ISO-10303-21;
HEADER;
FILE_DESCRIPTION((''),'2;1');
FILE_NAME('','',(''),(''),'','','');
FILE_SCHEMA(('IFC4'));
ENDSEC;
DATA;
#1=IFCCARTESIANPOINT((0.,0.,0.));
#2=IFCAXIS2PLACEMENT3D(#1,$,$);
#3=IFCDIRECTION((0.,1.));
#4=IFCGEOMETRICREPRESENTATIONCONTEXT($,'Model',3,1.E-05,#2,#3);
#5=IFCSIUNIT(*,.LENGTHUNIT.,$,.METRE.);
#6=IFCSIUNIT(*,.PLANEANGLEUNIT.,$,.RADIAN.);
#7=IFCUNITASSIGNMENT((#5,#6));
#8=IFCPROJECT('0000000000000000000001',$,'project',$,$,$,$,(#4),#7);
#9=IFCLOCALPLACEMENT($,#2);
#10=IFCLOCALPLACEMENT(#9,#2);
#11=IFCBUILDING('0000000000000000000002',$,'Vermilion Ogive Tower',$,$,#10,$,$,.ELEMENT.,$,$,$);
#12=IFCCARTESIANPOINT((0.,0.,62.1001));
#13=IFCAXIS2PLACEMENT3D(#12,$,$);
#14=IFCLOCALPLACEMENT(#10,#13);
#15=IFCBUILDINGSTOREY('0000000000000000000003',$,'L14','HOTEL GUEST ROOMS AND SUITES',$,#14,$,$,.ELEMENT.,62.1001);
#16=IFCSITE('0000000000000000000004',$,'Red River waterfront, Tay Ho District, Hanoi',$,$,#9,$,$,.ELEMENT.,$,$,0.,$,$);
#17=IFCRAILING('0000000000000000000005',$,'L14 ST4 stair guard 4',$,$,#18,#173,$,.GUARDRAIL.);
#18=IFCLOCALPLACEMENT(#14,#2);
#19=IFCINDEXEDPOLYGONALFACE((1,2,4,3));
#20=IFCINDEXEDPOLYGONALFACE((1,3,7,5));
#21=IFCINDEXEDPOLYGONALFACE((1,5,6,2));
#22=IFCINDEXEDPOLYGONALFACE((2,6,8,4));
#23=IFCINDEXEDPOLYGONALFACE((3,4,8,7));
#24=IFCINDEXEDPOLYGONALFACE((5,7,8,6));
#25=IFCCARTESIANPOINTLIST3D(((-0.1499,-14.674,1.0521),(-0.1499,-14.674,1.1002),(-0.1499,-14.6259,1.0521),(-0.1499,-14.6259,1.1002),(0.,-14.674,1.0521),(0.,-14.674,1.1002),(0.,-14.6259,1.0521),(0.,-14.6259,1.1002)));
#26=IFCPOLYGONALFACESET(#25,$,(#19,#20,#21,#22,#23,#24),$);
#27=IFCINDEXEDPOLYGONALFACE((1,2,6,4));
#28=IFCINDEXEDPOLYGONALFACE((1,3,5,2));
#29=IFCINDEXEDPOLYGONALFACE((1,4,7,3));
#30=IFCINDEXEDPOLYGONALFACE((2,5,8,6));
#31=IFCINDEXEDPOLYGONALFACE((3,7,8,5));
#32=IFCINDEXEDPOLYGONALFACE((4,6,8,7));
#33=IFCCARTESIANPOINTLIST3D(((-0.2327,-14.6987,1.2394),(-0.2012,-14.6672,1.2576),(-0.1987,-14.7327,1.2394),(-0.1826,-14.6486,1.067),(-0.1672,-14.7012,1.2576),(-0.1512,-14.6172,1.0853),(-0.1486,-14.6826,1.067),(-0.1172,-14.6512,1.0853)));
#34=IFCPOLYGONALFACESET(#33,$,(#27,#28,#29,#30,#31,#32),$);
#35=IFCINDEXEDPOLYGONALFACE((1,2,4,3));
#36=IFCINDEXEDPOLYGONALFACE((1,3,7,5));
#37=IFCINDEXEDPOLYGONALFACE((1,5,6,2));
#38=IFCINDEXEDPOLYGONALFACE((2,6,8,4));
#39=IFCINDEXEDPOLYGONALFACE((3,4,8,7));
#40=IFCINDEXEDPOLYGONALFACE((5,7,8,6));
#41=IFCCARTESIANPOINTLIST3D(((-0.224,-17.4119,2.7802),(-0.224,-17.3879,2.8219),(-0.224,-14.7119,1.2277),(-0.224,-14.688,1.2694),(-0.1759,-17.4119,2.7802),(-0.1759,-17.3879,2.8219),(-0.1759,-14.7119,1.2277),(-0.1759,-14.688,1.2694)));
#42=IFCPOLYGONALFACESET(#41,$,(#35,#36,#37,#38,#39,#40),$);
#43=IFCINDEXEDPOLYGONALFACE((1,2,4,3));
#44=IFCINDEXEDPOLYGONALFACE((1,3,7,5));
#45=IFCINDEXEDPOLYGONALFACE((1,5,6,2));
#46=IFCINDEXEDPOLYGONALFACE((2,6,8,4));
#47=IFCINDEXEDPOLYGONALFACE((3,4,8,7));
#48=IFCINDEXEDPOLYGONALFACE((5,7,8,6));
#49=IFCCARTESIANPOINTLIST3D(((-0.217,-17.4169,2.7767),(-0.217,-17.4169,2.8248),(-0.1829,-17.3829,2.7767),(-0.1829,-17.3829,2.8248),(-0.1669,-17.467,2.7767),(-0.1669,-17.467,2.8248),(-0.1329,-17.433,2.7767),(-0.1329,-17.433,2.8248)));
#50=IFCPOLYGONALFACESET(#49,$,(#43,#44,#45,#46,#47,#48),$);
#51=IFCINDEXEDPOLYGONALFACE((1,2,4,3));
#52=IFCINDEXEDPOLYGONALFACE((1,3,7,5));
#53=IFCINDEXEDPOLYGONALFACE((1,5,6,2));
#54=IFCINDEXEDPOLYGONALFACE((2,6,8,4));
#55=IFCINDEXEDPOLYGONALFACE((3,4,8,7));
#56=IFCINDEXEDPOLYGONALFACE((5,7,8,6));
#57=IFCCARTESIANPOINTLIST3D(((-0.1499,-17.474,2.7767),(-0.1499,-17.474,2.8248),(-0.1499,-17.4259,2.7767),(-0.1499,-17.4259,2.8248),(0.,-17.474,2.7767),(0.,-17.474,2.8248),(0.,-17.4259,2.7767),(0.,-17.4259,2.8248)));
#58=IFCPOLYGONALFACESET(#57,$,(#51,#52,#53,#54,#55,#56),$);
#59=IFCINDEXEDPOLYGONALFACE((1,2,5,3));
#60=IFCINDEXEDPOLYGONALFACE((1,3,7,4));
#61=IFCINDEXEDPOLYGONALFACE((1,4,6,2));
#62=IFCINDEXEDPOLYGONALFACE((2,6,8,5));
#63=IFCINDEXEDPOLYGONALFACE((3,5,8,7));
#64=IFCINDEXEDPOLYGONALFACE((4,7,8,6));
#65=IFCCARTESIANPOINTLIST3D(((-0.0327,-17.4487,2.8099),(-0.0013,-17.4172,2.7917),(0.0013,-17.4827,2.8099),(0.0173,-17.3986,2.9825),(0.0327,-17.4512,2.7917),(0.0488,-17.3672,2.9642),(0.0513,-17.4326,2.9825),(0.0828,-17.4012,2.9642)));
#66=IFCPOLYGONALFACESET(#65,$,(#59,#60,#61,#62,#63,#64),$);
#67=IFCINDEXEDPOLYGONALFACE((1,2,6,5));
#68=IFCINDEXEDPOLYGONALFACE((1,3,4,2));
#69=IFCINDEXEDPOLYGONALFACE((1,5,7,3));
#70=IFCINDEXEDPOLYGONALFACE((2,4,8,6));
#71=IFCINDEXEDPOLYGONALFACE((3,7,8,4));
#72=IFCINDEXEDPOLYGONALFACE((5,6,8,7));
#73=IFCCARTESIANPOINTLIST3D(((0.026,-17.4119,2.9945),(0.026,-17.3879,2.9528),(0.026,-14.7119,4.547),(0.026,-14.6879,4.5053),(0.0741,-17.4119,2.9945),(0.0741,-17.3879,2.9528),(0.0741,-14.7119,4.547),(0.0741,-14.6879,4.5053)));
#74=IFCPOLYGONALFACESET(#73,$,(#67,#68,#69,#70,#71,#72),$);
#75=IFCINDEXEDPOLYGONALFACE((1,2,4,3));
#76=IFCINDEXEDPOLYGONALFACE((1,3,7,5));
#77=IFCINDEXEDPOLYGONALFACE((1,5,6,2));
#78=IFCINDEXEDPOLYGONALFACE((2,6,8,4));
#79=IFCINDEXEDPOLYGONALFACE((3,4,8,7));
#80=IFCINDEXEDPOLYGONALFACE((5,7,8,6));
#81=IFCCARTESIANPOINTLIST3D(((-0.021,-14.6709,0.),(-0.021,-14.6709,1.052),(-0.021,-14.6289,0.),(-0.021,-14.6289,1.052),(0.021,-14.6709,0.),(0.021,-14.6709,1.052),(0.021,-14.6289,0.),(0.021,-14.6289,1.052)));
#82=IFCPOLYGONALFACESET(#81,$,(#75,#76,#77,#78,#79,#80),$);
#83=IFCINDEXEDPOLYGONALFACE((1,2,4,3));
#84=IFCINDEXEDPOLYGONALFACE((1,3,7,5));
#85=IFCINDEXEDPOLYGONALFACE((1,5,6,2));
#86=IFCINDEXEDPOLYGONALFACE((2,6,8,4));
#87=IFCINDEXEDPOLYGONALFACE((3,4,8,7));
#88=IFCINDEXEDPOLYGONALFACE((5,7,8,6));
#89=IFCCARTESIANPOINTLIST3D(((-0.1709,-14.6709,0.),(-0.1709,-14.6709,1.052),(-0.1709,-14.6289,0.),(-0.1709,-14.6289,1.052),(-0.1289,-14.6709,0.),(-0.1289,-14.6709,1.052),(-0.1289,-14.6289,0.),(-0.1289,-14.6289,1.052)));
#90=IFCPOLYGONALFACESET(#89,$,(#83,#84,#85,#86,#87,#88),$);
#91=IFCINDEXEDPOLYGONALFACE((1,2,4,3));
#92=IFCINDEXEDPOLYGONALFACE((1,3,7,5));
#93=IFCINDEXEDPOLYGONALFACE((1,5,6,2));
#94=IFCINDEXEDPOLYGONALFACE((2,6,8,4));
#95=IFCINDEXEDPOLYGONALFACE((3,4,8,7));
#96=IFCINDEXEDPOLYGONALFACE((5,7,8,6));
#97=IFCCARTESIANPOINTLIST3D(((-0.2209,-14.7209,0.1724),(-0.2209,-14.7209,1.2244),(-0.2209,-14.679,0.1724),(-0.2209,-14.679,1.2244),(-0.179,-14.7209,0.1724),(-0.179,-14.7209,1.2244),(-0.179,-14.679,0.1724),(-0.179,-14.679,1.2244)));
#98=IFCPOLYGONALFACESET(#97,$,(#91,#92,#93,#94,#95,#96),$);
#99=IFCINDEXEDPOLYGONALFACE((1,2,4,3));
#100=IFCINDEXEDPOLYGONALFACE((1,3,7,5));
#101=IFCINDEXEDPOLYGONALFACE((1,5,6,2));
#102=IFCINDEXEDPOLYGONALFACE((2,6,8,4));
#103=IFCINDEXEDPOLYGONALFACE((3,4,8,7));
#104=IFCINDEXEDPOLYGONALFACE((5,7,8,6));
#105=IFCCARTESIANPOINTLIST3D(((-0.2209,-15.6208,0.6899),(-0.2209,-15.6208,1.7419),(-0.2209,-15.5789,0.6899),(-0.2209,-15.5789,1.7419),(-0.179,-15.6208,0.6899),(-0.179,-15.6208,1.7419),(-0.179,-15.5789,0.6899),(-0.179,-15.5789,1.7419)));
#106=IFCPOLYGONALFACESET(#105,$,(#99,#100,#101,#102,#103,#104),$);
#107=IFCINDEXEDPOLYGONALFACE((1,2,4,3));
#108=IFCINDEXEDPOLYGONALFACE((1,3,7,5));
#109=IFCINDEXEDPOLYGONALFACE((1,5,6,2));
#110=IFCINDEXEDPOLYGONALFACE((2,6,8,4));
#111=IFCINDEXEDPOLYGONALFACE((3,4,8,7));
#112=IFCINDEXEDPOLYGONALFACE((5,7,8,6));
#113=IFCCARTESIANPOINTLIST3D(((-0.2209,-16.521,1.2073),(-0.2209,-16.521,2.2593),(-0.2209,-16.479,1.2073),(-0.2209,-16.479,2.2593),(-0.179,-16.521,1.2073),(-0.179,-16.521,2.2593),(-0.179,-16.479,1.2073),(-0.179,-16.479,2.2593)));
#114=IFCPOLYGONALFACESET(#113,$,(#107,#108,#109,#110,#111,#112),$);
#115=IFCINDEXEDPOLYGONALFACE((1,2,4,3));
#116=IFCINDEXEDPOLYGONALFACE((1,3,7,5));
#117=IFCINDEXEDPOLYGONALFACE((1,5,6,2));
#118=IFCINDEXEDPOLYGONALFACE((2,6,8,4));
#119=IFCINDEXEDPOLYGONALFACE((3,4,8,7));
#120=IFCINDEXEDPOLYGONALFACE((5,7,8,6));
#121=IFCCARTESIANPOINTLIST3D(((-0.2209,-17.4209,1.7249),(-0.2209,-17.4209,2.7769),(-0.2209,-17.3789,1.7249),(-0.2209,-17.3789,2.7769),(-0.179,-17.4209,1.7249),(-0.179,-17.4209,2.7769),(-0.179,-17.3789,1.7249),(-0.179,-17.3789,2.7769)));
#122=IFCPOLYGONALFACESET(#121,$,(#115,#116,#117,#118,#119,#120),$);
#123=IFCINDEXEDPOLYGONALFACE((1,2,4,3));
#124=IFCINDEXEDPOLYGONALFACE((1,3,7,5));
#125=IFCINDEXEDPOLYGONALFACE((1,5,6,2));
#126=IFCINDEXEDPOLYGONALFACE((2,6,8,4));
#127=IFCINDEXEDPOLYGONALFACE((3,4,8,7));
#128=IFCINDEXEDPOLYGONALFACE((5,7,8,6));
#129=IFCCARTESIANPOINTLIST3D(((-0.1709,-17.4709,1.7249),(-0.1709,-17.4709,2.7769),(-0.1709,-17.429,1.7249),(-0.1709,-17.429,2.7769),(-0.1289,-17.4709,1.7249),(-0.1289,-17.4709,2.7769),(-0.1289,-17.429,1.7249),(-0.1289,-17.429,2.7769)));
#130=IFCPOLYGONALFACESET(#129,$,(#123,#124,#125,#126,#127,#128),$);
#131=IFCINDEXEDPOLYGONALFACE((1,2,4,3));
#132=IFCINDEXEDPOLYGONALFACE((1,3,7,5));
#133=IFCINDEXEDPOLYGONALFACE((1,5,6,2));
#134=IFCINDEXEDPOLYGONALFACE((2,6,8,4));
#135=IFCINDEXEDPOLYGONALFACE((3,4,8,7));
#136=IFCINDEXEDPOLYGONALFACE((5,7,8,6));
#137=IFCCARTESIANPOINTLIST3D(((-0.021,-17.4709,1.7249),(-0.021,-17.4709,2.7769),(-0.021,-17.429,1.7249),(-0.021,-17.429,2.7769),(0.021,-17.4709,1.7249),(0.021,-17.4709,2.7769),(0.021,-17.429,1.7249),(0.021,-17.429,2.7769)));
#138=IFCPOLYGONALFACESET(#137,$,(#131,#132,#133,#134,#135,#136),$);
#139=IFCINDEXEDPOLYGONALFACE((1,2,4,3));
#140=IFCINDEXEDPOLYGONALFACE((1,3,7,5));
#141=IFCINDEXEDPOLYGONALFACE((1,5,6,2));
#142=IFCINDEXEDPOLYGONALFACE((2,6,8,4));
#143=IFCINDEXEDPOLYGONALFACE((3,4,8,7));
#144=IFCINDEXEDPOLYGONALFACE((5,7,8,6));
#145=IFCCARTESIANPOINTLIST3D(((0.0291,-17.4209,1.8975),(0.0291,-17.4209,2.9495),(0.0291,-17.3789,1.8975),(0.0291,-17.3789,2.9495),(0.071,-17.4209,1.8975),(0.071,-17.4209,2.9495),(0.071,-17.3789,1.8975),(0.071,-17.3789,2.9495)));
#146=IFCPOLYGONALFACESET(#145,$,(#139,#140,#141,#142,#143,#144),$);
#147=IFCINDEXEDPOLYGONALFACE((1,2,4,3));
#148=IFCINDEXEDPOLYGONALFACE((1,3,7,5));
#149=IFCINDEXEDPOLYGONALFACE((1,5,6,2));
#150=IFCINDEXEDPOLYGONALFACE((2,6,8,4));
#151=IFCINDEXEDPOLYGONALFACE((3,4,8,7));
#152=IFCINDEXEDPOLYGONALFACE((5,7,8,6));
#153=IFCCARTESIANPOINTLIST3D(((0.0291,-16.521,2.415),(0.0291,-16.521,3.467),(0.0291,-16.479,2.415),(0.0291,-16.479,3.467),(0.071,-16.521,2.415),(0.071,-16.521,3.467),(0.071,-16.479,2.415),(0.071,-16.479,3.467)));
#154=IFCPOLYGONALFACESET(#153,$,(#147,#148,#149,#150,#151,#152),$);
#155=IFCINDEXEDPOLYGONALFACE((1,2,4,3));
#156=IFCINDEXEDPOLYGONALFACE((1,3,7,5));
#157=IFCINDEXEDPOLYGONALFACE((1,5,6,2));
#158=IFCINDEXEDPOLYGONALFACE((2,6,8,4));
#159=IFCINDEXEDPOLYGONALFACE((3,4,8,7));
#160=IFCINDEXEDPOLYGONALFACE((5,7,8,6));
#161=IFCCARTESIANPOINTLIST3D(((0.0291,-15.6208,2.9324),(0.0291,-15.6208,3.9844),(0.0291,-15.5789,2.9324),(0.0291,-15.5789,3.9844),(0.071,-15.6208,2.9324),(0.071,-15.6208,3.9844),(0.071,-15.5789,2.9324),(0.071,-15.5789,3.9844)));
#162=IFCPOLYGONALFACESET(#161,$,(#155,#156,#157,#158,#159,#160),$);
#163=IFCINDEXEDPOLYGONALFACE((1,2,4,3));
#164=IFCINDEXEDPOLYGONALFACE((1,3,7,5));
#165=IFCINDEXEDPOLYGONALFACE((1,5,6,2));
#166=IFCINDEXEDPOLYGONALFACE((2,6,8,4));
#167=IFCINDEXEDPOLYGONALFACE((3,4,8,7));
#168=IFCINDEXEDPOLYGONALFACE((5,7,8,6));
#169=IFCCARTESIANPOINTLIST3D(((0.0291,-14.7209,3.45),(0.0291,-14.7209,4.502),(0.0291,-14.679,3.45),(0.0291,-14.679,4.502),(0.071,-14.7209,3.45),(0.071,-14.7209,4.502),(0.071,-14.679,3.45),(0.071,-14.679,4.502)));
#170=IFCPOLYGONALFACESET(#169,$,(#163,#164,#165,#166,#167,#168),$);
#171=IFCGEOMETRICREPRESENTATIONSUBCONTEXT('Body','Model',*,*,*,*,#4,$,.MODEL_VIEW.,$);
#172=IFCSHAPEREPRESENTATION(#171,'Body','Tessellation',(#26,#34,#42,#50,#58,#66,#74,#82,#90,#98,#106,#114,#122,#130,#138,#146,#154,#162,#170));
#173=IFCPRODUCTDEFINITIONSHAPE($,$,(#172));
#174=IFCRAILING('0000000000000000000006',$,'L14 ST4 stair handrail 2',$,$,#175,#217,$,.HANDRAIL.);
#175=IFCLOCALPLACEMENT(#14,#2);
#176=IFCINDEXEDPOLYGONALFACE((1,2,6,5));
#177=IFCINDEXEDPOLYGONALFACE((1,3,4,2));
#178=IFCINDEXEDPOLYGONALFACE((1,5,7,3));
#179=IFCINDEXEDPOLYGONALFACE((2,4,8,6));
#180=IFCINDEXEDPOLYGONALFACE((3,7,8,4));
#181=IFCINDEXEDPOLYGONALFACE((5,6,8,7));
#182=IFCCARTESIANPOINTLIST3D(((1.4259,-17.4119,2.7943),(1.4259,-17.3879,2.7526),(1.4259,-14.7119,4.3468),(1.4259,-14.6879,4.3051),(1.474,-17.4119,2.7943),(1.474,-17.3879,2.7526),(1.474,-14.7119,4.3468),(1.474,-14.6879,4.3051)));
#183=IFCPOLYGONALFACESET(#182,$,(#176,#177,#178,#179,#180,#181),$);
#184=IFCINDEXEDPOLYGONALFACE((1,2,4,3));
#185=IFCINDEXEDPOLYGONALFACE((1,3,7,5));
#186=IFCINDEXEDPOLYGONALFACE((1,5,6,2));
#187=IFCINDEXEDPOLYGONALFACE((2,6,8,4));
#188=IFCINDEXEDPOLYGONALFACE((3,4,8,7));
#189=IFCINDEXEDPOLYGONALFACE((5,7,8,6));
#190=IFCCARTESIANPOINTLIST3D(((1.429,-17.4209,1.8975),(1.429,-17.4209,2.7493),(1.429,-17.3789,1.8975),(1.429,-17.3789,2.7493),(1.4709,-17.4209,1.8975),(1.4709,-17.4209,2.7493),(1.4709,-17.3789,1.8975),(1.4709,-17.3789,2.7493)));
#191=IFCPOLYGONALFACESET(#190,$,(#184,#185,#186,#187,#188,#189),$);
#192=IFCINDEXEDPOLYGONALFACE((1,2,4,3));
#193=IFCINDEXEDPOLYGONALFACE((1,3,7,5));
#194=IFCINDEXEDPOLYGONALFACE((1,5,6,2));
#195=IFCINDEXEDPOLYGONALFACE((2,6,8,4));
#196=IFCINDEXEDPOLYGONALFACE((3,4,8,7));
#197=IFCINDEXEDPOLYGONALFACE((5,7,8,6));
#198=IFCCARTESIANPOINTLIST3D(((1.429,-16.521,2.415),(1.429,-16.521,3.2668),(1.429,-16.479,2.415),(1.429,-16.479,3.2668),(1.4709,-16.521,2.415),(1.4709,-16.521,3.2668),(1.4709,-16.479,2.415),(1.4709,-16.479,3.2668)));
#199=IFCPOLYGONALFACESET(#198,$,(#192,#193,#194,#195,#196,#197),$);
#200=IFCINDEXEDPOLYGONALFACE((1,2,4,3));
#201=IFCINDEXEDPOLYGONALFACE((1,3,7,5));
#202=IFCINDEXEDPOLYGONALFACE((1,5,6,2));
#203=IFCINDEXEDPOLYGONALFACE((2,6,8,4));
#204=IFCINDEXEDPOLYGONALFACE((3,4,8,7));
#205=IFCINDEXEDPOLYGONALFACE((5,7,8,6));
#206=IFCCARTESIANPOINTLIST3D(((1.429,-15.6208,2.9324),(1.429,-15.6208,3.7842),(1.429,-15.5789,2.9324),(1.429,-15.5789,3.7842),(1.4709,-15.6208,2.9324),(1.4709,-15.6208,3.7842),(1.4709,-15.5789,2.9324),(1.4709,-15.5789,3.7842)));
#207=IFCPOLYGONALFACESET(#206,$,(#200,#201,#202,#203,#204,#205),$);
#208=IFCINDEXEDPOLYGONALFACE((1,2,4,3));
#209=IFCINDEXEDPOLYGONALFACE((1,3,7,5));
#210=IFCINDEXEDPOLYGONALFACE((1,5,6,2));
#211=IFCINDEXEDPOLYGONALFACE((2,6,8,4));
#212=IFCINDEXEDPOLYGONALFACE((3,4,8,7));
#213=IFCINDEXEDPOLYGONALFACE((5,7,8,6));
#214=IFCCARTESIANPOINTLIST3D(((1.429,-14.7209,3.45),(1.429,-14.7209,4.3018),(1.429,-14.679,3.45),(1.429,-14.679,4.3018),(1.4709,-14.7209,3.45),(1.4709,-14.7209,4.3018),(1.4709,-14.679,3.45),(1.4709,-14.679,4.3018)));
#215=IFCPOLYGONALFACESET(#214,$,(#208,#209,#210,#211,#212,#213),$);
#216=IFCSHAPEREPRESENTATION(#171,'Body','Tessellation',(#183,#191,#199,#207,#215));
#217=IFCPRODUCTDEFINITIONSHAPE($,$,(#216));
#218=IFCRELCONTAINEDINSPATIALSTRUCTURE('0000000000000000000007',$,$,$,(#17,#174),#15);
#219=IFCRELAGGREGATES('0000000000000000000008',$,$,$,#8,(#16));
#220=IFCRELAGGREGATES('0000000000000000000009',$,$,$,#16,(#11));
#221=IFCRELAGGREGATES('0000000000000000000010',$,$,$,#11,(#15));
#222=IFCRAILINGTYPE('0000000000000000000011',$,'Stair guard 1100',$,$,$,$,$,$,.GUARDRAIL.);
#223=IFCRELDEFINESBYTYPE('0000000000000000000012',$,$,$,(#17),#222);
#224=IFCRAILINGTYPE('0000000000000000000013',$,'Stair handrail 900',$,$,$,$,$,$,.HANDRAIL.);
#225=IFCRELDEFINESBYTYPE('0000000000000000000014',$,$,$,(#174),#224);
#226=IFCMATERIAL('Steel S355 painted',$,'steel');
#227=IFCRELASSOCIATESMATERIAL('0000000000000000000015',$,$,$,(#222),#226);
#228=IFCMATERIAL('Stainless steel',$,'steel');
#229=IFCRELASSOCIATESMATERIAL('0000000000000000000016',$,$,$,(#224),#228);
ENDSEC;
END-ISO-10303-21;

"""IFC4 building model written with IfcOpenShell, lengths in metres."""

from ifc_helpers import new_model, si_unit, direction, frame, origin, origin_2d, place, context, subcontext, project, spatial, rectangle, extrude, material, type_object, element, save


model = new_model("IFC4")

# Units and contexts
model_context = context("Model", 3, precision=1e-05, world=origin(), true_north=direction((0.0, 1.0)))
body_context = subcontext(model_context, "Body", "Model", "MODEL_VIEW")
ifc_project = project(units=[si_unit("LENGTHUNIT", "METRE"), si_unit("PLANEANGLEUNIT", "RADIAN")], contexts=[model_context])

# Site, building, storey
site_placement = place(None, origin())
site = spatial("IfcSite", under=ifc_project, at=site_placement, Name="Red River waterfront, Tay Ho District, Hanoi", CompositionType="ELEMENT", RefElevation=0.0)
building_placement = place(site_placement, origin())
building = spatial("IfcBuilding", under=site, at=building_placement, Name="Vermilion Ogive Tower", CompositionType="ELEMENT")
storey_placement = place(building_placement, frame((0.0, 0.0, 62.1001)))
storey = spatial("IfcBuildingStorey", under=building, at=storey_placement, Name="L14", Description="HOTEL GUEST ROOMS AND SUITES", CompositionType="ELEMENT", Elevation=62.1001)

# Railings
ifc_material_1 = material(Name="Steel S355 painted", Category="steel")
railing_type_1 = type_object("IfcRailingType", Name="Stair guard 1100", PredefinedType="GUARDRAIL", material=ifc_material_1)
railing_1_placement = place(storey_placement, frame((0.0, -14.6499, 0.0)))
element("IfcRailing", 1, at=railing_1_placement, inside=storey, type_object=railing_type_1, Name="L14 ST4 stair guard 4", PredefinedType="GUARDRAIL", context=body_context, shape_type="SweptSolid", body=[
    extrude(rectangle(XDim=0.0481, YDim=0.0481, at=origin_2d()), frame((0.0, 0.0, 1.0762), z_axis=(-1.0, 0.0, 0.0), x_axis=(0.0, -1.0, 0.0)), (0.0, 0.0, 1.0), 0.1499),
    extrude(rectangle(XDim=0.0481, YDim=0.0481, at=origin_2d()), frame((-0.1499, 0.0, 1.0762), z_axis=(-0.268603, -0.268603, 0.925043), x_axis=(0.707107, -0.707107, 0.0)), (0.0, 0.0, 1.0), 0.1863),
    extrude(rectangle(XDim=0.0481, YDim=0.0481, at=origin_2d()), frame((-0.2, -0.05, 1.2485), z_axis=(0.0, -0.866904, 0.498476), x_axis=(1.0, 0.0, 0.0)), (0.0, 0.0, 1.0), 3.1145),
    extrude(rectangle(XDim=0.0481, YDim=0.0481, at=origin_2d()), frame((-0.2, -2.75, 2.8008), z_axis=(0.707107, -0.707107, 0.0), x_axis=(0.707107, 0.707107, 0.0)), (0.0, 0.0, 1.0), 0.0708),
    extrude(rectangle(XDim=0.0481, YDim=0.0481, at=origin_2d()), frame((-0.1499, -2.8, 2.8008), z_axis=(1.0, 0.0, 0.0), x_axis=(0.0, 1.0, 0.0)), (0.0, 0.0, 1.0), 0.1499),
    extrude(rectangle(XDim=0.0481, YDim=0.0481, at=origin_2d()), frame((0.0, -2.8, 2.8008), z_axis=(0.268278, 0.268278, 0.925232), x_axis=(-0.707107, 0.707107, 0.0)), (0.0, 0.0, 1.0), 0.1865),
    extrude(rectangle(XDim=0.0481, YDim=0.0481, at=origin_2d()), frame((0.05, -2.75, 2.9736), z_axis=(0.0, 0.866904, 0.498476), x_axis=(-1.0, 0.0, 0.0)), (0.0, 0.0, 1.0), 3.1145),
    extrude(rectangle(XDim=0.042, YDim=0.042, at=origin_2d()), origin(), (0.0, 0.0, 1.0), 1.052),
    extrude(rectangle(XDim=0.042, YDim=0.042, at=origin_2d()), frame((-0.1499, 0.0, 0.0)), (0.0, 0.0, 1.0), 1.052),
    extrude(rectangle(XDim=0.042, YDim=0.042, at=origin_2d()), frame((-0.2, -0.05, 0.1724)), (0.0, 0.0, 1.0), 1.052),
    extrude(rectangle(XDim=0.042, YDim=0.042, at=origin_2d()), frame((-0.2, -0.95, 0.6899)), (0.0, 0.0, 1.0), 1.052),
    extrude(rectangle(XDim=0.042, YDim=0.042, at=origin_2d()), frame((-0.2, -1.8501, 1.2073)), (0.0, 0.0, 1.0), 1.052),
    extrude(rectangle(XDim=0.042, YDim=0.042, at=origin_2d()), frame((-0.2, -2.75, 1.7249)), (0.0, 0.0, 1.0), 1.052),
    extrude(rectangle(XDim=0.042, YDim=0.042, at=origin_2d()), frame((-0.1499, -2.8, 1.7249)), (0.0, 0.0, 1.0), 1.052),
    extrude(rectangle(XDim=0.042, YDim=0.042, at=origin_2d()), frame((0.0, -2.8, 1.7249)), (0.0, 0.0, 1.0), 1.052),
    extrude(rectangle(XDim=0.042, YDim=0.042, at=origin_2d()), frame((0.05, -2.75, 1.8975)), (0.0, 0.0, 1.0), 1.052),
    extrude(rectangle(XDim=0.042, YDim=0.042, at=origin_2d()), frame((0.05, -1.8501, 2.415)), (0.0, 0.0, 1.0), 1.052),
    extrude(rectangle(XDim=0.042, YDim=0.042, at=origin_2d()), frame((0.05, -0.95, 2.9324)), (0.0, 0.0, 1.0), 1.052),
    extrude(rectangle(XDim=0.042, YDim=0.042, at=origin_2d()), frame((0.05, -0.05, 3.45)), (0.0, 0.0, 1.0), 1.052),
])
ifc_material_2 = material(Name="Stainless steel", Category="steel")
railing_type_2 = type_object("IfcRailingType", Name="Stair handrail 900", PredefinedType="HANDRAIL", material=ifc_material_2)
railing_2_placement = place(storey_placement, frame((1.45, -17.3999, 1.8975)))
element("IfcRailing", 2, at=railing_2_placement, inside=storey, type_object=railing_type_2, Name="L14 ST4 stair handrail 2", PredefinedType="HANDRAIL", context=body_context, shape_type="SweptSolid", body=[
    extrude(rectangle(XDim=0.0481, YDim=0.0481, at=origin_2d()), frame((0.0, 0.0, 0.876), z_axis=(0.0, 0.866904, 0.498476), x_axis=(-1.0, 0.0, 0.0)), (0.0, 0.0, 1.0), 3.1145),
    extrude(rectangle(XDim=0.042, YDim=0.042, at=origin_2d()), origin(), (0.0, 0.0, 1.0), 0.8518),
    extrude(rectangle(XDim=0.042, YDim=0.042, at=origin_2d()), frame((0.0, 0.8999, 0.5176)), (0.0, 0.0, 1.0), 0.8518),
    extrude(rectangle(XDim=0.042, YDim=0.042, at=origin_2d()), frame((0.0, 1.8, 1.0349)), (0.0, 0.0, 1.0), 0.8518),
    extrude(rectangle(XDim=0.042, YDim=0.042, at=origin_2d()), frame((0.0, 2.7, 1.5525)), (0.0, 0.0, 1.0), 0.8518),
])

save(model, "model.ifc")
